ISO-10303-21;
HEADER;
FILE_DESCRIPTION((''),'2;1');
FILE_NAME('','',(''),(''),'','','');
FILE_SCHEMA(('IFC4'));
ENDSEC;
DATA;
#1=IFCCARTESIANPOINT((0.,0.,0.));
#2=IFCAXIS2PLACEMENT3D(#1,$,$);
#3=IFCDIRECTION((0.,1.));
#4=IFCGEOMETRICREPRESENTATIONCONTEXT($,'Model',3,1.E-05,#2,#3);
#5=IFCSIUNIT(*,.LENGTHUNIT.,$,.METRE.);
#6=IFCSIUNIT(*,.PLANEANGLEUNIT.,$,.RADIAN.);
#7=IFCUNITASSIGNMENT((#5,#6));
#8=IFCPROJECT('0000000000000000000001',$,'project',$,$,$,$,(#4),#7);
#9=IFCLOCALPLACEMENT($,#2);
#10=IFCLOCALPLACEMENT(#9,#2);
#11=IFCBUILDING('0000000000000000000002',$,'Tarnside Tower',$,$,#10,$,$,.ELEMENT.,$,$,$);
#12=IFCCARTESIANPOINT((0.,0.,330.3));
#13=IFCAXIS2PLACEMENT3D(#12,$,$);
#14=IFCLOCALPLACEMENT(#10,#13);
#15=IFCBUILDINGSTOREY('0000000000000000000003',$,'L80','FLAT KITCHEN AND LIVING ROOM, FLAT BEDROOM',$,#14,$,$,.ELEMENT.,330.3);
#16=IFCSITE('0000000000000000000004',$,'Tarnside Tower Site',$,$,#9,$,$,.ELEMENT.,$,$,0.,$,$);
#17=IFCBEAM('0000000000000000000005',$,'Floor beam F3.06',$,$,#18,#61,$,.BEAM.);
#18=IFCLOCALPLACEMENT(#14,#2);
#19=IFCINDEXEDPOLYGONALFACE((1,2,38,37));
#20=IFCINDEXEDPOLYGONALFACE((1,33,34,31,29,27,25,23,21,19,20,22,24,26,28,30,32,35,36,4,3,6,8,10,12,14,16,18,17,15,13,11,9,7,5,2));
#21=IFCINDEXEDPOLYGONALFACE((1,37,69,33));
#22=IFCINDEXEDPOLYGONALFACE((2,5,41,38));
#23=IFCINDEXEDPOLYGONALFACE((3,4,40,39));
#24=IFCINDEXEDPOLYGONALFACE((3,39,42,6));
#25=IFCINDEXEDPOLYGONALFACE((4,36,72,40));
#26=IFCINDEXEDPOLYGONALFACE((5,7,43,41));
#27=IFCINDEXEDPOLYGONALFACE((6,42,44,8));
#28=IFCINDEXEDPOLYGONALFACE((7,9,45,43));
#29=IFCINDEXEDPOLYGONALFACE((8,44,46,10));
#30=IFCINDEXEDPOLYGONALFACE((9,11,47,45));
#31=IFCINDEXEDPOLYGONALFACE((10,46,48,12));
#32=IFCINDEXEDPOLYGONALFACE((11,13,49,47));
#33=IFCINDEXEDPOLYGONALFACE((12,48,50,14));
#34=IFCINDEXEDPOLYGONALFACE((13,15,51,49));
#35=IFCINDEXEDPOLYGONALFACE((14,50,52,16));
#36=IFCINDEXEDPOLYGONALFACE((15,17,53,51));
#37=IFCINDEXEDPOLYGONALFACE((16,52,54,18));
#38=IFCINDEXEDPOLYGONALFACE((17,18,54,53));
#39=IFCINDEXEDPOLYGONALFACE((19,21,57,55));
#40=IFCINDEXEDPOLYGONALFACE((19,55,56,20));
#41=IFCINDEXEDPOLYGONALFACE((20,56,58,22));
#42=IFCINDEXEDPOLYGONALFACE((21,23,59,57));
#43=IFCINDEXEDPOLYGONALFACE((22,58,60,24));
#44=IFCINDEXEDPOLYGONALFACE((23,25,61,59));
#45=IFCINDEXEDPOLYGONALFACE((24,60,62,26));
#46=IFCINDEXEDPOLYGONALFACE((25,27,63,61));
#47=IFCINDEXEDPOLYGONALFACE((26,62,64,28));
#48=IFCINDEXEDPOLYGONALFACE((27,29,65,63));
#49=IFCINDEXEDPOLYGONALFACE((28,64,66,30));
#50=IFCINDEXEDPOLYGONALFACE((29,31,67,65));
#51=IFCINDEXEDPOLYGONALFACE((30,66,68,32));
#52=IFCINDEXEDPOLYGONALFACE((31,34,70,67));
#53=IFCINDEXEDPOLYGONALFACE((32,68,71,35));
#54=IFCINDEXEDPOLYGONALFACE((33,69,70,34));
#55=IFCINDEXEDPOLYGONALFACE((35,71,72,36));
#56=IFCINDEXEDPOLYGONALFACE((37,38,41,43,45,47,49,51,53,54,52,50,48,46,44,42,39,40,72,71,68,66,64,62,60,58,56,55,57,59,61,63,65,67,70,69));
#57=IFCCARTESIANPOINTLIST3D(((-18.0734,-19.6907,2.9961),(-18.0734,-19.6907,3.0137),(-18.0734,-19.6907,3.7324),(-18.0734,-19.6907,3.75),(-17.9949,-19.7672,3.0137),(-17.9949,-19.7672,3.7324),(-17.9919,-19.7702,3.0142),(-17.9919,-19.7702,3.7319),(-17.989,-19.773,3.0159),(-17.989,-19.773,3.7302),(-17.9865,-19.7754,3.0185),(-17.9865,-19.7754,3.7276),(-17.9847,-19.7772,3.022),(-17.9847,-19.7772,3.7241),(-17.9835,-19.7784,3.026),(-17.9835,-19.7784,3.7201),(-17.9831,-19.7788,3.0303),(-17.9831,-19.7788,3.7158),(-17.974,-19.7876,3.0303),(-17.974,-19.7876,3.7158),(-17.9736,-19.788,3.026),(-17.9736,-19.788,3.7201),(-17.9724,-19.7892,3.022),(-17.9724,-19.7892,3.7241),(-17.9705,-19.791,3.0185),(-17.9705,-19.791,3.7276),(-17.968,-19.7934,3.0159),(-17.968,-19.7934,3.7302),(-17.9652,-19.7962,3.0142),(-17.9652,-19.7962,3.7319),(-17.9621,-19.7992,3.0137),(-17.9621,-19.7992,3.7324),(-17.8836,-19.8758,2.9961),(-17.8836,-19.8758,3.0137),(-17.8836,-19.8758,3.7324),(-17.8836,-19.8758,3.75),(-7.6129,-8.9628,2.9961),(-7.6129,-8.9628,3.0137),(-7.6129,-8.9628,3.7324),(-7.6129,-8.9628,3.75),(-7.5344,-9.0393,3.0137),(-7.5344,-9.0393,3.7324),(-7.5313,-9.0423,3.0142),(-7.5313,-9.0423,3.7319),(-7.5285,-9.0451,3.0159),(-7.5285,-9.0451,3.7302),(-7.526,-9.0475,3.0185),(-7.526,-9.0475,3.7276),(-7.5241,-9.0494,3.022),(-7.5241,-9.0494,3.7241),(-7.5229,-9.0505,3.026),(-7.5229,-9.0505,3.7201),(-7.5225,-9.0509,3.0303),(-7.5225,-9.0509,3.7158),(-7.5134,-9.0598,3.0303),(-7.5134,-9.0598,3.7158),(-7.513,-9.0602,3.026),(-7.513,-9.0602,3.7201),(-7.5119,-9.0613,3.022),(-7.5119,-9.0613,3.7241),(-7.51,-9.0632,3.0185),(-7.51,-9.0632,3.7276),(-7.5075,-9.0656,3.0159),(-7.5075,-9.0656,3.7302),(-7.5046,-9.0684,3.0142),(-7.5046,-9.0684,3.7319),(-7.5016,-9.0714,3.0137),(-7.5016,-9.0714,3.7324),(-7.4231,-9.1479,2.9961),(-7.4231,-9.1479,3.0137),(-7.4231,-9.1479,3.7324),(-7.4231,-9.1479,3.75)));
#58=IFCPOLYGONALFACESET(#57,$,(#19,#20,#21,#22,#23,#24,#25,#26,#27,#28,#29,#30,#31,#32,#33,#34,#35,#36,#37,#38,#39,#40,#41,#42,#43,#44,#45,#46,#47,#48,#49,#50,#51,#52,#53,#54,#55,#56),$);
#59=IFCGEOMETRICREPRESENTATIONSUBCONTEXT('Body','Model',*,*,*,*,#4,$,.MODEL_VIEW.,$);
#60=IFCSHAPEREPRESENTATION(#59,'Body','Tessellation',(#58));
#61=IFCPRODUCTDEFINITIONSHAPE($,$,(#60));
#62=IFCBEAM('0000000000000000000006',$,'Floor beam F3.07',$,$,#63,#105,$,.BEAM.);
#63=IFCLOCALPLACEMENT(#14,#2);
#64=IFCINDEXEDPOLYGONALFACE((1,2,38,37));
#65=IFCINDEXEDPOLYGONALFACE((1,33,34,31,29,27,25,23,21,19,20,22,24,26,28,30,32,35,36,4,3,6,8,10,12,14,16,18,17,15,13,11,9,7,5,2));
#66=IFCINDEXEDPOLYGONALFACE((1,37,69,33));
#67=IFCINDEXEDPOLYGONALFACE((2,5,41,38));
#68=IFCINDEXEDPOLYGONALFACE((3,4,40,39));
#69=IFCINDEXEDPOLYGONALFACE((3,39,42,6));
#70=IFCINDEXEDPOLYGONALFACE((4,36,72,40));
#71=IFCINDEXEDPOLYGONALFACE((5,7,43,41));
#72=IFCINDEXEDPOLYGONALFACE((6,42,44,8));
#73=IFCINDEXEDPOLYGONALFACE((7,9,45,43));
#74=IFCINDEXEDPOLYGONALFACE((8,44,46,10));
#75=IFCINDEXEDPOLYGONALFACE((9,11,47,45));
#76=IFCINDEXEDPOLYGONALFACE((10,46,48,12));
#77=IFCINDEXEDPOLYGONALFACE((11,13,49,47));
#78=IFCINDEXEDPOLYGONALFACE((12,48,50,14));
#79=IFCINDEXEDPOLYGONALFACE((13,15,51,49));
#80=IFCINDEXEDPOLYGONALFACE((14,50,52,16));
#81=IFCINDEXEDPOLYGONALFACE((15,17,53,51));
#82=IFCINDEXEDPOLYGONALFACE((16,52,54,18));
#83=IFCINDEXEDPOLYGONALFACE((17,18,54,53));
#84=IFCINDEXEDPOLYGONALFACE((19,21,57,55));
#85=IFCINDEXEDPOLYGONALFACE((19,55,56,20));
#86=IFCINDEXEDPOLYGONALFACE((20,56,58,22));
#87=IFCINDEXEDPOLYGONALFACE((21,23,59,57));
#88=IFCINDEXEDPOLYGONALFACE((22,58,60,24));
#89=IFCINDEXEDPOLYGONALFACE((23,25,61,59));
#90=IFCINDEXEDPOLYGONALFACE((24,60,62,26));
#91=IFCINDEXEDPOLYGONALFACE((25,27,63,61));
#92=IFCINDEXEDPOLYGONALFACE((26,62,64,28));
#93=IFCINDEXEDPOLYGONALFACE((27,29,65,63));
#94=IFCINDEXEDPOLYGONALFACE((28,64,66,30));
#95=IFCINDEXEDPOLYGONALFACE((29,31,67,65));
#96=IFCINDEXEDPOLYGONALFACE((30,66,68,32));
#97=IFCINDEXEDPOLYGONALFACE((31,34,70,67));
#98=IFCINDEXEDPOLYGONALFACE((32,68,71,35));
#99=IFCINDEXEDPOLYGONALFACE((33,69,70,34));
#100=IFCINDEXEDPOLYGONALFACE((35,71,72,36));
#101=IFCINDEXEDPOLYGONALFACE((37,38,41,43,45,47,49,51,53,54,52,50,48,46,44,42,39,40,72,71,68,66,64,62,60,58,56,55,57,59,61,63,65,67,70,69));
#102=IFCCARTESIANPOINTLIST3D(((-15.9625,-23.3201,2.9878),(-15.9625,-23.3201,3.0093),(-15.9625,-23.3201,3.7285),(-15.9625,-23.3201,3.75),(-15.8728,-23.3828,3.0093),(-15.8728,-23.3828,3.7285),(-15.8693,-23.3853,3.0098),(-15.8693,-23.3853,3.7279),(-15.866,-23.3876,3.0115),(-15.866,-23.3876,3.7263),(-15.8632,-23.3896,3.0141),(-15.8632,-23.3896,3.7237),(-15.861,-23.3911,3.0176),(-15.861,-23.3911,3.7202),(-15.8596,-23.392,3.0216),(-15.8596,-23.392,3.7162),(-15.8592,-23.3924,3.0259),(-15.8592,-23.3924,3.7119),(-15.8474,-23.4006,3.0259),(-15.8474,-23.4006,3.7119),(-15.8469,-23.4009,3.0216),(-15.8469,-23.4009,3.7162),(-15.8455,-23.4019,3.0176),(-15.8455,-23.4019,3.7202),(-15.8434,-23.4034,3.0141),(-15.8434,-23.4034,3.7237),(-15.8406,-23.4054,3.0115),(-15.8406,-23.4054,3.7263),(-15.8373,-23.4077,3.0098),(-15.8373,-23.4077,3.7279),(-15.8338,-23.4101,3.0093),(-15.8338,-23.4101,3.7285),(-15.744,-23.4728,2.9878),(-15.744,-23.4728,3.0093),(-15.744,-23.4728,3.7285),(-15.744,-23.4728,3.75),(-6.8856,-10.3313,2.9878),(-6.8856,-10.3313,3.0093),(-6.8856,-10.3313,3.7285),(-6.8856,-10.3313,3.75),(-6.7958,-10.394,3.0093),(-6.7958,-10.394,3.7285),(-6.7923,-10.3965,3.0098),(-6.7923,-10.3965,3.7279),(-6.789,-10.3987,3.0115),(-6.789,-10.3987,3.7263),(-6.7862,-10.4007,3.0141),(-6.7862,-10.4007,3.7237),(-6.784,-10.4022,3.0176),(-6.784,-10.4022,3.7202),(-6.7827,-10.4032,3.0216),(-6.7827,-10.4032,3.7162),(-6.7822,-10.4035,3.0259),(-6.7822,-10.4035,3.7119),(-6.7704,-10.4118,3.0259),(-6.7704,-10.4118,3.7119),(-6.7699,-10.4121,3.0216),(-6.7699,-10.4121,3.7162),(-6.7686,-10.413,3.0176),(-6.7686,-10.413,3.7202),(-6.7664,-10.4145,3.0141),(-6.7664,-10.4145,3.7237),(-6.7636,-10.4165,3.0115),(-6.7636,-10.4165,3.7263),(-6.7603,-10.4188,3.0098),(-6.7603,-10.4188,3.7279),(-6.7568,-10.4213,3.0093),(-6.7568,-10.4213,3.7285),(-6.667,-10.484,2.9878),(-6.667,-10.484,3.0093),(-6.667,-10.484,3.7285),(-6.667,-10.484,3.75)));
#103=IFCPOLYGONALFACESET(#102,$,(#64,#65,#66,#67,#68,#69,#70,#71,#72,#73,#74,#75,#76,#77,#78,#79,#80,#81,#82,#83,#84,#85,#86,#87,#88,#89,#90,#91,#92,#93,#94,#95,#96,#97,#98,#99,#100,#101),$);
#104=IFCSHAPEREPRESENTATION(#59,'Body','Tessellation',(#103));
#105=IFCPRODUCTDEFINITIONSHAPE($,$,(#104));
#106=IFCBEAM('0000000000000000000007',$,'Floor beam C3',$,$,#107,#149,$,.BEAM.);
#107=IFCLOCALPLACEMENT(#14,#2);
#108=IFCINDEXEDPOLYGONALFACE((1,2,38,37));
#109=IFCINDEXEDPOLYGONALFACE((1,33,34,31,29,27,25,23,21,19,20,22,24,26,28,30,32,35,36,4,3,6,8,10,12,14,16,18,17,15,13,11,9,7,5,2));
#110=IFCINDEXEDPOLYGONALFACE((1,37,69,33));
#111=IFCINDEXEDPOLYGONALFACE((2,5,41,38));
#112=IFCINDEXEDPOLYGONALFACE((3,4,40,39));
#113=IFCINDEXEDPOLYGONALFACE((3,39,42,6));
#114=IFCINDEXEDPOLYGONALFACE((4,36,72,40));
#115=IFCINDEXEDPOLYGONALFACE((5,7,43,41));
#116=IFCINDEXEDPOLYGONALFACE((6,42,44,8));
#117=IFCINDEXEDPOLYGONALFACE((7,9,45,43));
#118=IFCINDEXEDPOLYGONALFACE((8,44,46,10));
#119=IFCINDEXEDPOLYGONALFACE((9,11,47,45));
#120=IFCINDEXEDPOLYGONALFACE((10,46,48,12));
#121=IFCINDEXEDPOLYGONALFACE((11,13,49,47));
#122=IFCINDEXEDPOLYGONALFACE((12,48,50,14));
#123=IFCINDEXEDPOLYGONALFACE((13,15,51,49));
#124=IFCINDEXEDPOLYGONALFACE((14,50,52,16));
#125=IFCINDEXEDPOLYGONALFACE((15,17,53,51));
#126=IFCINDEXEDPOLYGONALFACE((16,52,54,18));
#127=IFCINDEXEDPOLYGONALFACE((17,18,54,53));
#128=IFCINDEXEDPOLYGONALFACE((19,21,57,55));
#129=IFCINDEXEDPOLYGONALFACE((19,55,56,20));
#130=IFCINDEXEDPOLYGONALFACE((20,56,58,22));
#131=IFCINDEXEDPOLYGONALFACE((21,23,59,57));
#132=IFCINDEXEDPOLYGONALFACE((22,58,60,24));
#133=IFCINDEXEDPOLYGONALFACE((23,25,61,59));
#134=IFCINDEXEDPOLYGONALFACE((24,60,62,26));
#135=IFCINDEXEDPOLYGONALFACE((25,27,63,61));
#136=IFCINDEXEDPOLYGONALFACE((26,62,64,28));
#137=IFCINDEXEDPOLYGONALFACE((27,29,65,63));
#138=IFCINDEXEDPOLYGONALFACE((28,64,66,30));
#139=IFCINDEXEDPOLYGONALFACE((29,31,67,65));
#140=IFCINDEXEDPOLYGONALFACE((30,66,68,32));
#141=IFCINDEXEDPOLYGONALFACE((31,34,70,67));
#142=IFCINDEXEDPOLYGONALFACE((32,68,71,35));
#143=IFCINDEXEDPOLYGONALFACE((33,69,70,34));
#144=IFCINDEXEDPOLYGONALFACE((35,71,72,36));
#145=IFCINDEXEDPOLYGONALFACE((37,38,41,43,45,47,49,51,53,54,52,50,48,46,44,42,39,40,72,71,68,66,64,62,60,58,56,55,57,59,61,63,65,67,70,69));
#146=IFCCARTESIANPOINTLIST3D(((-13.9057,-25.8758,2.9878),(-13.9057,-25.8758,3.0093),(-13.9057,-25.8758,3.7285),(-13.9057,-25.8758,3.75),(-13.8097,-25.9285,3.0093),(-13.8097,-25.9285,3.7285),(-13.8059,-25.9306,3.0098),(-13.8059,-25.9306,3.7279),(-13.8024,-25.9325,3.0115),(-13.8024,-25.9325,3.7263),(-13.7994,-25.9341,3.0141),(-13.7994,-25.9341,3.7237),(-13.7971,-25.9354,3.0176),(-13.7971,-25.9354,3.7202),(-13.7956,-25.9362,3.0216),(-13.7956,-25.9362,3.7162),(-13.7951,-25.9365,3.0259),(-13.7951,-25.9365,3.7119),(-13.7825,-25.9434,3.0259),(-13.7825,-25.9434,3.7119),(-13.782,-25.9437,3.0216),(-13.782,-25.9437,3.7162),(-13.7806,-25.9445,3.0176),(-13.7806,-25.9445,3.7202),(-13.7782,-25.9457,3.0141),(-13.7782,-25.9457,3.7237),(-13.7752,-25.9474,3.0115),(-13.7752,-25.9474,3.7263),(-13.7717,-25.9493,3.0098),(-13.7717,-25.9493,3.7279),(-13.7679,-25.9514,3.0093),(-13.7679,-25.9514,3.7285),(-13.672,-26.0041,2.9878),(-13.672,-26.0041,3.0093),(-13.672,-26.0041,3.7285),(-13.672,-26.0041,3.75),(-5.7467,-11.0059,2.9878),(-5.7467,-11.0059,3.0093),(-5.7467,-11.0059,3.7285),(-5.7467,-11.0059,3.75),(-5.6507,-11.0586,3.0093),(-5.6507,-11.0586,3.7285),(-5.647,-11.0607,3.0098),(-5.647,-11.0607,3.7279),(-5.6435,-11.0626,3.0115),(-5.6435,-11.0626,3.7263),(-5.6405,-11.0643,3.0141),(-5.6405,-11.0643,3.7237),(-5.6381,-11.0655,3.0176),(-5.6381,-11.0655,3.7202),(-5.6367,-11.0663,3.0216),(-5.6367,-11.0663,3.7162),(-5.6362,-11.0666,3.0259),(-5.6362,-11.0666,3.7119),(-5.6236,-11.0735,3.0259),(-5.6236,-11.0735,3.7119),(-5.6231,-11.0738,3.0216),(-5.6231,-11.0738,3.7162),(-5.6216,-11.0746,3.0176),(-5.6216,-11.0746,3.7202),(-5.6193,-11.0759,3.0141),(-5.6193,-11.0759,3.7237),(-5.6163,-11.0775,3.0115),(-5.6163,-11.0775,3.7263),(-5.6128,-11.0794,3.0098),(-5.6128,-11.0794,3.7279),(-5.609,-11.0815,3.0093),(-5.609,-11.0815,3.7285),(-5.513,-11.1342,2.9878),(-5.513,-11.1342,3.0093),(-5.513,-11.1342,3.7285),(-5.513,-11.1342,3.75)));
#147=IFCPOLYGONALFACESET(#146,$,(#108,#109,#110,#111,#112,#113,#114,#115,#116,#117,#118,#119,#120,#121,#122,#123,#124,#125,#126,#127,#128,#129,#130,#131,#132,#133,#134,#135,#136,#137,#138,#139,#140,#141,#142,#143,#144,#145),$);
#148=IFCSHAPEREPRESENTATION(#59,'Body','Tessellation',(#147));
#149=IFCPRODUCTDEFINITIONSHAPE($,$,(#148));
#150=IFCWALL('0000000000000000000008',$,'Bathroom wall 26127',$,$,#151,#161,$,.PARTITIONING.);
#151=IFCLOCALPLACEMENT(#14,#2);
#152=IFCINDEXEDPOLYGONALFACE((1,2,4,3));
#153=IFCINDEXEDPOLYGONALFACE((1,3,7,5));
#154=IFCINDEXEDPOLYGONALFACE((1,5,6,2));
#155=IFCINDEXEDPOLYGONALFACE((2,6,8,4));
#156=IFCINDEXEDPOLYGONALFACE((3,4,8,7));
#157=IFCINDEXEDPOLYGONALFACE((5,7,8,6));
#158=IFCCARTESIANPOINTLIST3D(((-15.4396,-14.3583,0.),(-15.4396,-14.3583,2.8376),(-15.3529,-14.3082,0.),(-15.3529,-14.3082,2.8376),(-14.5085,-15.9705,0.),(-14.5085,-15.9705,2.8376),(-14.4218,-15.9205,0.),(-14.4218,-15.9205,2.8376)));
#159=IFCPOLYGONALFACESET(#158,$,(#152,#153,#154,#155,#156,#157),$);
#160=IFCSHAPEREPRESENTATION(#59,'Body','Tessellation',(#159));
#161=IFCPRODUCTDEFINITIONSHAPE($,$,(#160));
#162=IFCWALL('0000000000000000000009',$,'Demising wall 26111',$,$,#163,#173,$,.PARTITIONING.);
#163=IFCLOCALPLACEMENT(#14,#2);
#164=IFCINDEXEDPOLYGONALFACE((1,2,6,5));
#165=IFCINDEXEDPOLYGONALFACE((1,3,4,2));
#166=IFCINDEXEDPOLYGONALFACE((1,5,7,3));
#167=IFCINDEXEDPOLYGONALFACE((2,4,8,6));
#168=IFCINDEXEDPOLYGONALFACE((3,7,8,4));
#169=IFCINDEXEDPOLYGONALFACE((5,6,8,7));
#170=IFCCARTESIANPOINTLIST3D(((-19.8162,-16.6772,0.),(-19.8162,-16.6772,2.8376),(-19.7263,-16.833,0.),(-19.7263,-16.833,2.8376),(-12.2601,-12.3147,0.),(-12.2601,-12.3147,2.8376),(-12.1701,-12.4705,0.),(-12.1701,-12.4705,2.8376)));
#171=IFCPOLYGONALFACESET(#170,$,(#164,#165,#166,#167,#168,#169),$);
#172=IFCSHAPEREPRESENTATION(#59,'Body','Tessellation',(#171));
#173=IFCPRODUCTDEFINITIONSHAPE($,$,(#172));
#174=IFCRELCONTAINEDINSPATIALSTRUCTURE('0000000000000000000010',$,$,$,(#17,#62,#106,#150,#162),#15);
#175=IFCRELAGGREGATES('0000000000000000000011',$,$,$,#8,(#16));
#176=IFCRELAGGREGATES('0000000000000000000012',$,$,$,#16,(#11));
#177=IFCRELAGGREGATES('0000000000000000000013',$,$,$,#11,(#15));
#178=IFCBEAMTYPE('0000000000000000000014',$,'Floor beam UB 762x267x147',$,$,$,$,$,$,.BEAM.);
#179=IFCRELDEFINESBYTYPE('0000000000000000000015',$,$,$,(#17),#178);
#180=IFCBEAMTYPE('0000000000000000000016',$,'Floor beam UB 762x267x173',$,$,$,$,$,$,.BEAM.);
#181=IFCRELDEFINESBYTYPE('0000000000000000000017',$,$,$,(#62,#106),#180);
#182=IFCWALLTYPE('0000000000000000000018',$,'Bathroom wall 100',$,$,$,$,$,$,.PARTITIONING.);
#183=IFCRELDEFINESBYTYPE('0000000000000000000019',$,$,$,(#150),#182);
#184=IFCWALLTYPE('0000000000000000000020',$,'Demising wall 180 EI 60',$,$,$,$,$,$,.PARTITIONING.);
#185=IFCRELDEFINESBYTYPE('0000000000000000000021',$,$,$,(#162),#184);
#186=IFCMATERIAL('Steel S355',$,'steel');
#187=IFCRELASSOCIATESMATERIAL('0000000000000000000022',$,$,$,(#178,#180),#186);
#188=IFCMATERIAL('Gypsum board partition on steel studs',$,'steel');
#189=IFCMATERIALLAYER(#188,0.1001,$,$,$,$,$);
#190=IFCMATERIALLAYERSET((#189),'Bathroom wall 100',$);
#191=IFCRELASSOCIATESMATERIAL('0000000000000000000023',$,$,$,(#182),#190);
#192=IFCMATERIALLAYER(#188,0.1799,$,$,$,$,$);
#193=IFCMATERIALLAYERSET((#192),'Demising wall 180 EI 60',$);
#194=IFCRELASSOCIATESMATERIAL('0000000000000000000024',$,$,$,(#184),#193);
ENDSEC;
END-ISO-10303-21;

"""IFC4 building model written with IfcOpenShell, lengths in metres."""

from ifc_helpers import new_model, si_unit, direction, frame, frame_2d, origin, origin_2d, place, context, subcontext, project, spatial, rectangle, i_section, extrude, material, layer, layer_set, material_profile, profile_set, type_object, element, save


model = new_model("IFC4")

# Units and contexts
model_context = context("Model", 3, precision=1e-05, world=origin(), true_north=direction((0.0, 1.0)))
body_context = subcontext(model_context, "Body", "Model", "MODEL_VIEW")
ifc_project = project(units=[si_unit("LENGTHUNIT", "METRE"), si_unit("PLANEANGLEUNIT", "RADIAN")], contexts=[model_context])

# Site, building, storey
site_placement = place(None, origin())
site = spatial("IfcSite", under=ifc_project, at=site_placement, Name="Tarnside Tower Site", CompositionType="ELEMENT", RefElevation=0.0)
building_placement = place(site_placement, origin())
building = spatial("IfcBuilding", under=site, at=building_placement, Name="Tarnside Tower", CompositionType="ELEMENT")
storey_placement = place(building_placement, frame((0.0, 0.0, 330.3)))
storey = spatial("IfcBuildingStorey", under=building, at=storey_placement, Name="L80", Description="FLAT KITCHEN AND LIVING ROOM, FLAT BEDROOM", CompositionType="ELEMENT", Elevation=330.3)

# Beams
ifc_material_1 = material(Name="Steel S355", Category="steel")
ifc_material_profile_1 = material_profile(ifc_material_1, i_section(OverallWidth=0.2651, OverallDepth=0.7539, WebThickness=0.0127, FlangeThickness=0.0176, FilletRadius=0.0166, at=origin_2d()), Name="UB 762x267x147")
ifc_profile_set_1 = profile_set([ifc_material_profile_1], Name="Steel S355")
beam_type_1 = type_object("IfcBeamType", Name="Floor beam UB 762x267x147", PredefinedType="BEAM", material=ifc_profile_set_1)
beam_1_placement = place(storey_placement, frame((-17.9785, -19.7832, 3.373), z_axis=(0.69813, 0.715971, 0.0), x_axis=(-0.715971, 0.69813, 0.0)))
element("IfcBeam", 1, at=beam_1_placement, inside=storey, type_object=beam_type_1, Name="Floor beam F3.06", PredefinedType="BEAM", context=body_context, shape_type="SweptSolid", body=[
    extrude(i_section(OverallWidth=0.2651, OverallDepth=0.7539, WebThickness=0.0127, FlangeThickness=0.0176, FilletRadius=0.0166, at=origin_2d()), origin(), (0.0, 0.0, 1.0), 14.9836),
])
ifc_material_profile_2 = material_profile(ifc_material_1, i_section(OverallWidth=0.2666, OverallDepth=0.7622, WebThickness=0.0144, FlangeThickness=0.0215, FilletRadius=0.0166, at=origin_2d()), Name="UB 762x267x173")
ifc_profile_set_2 = profile_set([ifc_material_profile_2], Name="Steel S355")
beam_type_2 = type_object("IfcBeamType", Name="Floor beam UB 762x267x173", PredefinedType="BEAM", material=ifc_profile_set_2)
beam_2_placement = place(storey_placement, frame((-15.8533, -23.3965, 3.3689), z_axis=(0.572817, 0.819683, 0.0), x_axis=(-0.819683, 0.572817, 0.0)))
element("IfcBeam", 2, at=beam_2_placement, inside=storey, type_object=beam_type_2, Name="Floor beam F3.07", PredefinedType="BEAM", context=body_context, shape_type="SweptSolid", body=[
    extrude(i_section(OverallWidth=0.2666, OverallDepth=0.7622, WebThickness=0.0144, FlangeThickness=0.0215, FilletRadius=0.0166, at=origin_2d()), origin(), (0.0, 0.0, 1.0), 15.8462),
])
beam_3_placement = place(storey_placement, frame((-13.7888, -25.9399, 3.3689), z_axis=(0.481036, 0.876701, 0.0), x_axis=(-0.876701, 0.481036, 0.0)))
element("IfcBeam", 3, at=beam_3_placement, inside=storey, type_object=beam_type_2, Name="Floor beam C3", PredefinedType="BEAM", context=body_context, shape_type="SweptSolid", body=[
    extrude(i_section(OverallWidth=0.2666, OverallDepth=0.7622, WebThickness=0.0144, FlangeThickness=0.0215, FilletRadius=0.0166, at=origin_2d()), origin(), (0.0, 0.0, 1.0), 16.9612),
])

# Walls
ifc_material_2 = material(Name="Gypsum board partition on steel studs", Category="steel")
ifc_layer_1 = layer(ifc_material_2, 0.1001)
ifc_layer_set_1 = layer_set([ifc_layer_1], Name="Bathroom wall 100")
wall_type_1 = type_object("IfcWallType", Name="Bathroom wall 100", PredefinedType="PARTITIONING", material=ifc_layer_set_1)
wall_1_placement = place(storey_placement, frame((-15.3962, -14.3333, 0.0), z_axis=(0.0, 0.0, 1.0), x_axis=(0.500116, -0.865958, 0.0)))
element("IfcWall", 4, at=wall_1_placement, inside=storey, type_object=wall_type_1, Name="Bathroom wall 26127", PredefinedType="PARTITIONING", context=body_context, shape_type="SweptSolid", body=[
    extrude(rectangle(XDim=1.8618, YDim=0.1001, at=frame_2d((0.9309, 0.0))), origin(), (0.0, 0.0, 1.0), 2.8376),
])
ifc_layer_2 = layer(ifc_material_2, 0.1799)
ifc_layer_set_2 = layer_set([ifc_layer_2], Name="Demising wall 180 EI 60")
wall_type_2 = type_object("IfcWallType", Name="Demising wall 180 EI 60", PredefinedType="PARTITIONING", material=ifc_layer_set_2)
wall_2_placement = place(storey_placement, frame((-19.7712, -16.7551, 0.0), z_axis=(0.0, 0.0, 1.0), x_axis=(0.866025, 0.5, 0.0)))
element("IfcWall", 5, at=wall_2_placement, inside=storey, type_object=wall_type_2, Name="Demising wall 26111", PredefinedType="PARTITIONING", context=body_context, shape_type="SweptSolid", body=[
    extrude(rectangle(XDim=8.7251, YDim=0.1799, at=frame_2d((4.3625, 0.0))), origin(), (0.0, 0.0, 1.0), 2.8376),
])

save(model, "model.ifc")
